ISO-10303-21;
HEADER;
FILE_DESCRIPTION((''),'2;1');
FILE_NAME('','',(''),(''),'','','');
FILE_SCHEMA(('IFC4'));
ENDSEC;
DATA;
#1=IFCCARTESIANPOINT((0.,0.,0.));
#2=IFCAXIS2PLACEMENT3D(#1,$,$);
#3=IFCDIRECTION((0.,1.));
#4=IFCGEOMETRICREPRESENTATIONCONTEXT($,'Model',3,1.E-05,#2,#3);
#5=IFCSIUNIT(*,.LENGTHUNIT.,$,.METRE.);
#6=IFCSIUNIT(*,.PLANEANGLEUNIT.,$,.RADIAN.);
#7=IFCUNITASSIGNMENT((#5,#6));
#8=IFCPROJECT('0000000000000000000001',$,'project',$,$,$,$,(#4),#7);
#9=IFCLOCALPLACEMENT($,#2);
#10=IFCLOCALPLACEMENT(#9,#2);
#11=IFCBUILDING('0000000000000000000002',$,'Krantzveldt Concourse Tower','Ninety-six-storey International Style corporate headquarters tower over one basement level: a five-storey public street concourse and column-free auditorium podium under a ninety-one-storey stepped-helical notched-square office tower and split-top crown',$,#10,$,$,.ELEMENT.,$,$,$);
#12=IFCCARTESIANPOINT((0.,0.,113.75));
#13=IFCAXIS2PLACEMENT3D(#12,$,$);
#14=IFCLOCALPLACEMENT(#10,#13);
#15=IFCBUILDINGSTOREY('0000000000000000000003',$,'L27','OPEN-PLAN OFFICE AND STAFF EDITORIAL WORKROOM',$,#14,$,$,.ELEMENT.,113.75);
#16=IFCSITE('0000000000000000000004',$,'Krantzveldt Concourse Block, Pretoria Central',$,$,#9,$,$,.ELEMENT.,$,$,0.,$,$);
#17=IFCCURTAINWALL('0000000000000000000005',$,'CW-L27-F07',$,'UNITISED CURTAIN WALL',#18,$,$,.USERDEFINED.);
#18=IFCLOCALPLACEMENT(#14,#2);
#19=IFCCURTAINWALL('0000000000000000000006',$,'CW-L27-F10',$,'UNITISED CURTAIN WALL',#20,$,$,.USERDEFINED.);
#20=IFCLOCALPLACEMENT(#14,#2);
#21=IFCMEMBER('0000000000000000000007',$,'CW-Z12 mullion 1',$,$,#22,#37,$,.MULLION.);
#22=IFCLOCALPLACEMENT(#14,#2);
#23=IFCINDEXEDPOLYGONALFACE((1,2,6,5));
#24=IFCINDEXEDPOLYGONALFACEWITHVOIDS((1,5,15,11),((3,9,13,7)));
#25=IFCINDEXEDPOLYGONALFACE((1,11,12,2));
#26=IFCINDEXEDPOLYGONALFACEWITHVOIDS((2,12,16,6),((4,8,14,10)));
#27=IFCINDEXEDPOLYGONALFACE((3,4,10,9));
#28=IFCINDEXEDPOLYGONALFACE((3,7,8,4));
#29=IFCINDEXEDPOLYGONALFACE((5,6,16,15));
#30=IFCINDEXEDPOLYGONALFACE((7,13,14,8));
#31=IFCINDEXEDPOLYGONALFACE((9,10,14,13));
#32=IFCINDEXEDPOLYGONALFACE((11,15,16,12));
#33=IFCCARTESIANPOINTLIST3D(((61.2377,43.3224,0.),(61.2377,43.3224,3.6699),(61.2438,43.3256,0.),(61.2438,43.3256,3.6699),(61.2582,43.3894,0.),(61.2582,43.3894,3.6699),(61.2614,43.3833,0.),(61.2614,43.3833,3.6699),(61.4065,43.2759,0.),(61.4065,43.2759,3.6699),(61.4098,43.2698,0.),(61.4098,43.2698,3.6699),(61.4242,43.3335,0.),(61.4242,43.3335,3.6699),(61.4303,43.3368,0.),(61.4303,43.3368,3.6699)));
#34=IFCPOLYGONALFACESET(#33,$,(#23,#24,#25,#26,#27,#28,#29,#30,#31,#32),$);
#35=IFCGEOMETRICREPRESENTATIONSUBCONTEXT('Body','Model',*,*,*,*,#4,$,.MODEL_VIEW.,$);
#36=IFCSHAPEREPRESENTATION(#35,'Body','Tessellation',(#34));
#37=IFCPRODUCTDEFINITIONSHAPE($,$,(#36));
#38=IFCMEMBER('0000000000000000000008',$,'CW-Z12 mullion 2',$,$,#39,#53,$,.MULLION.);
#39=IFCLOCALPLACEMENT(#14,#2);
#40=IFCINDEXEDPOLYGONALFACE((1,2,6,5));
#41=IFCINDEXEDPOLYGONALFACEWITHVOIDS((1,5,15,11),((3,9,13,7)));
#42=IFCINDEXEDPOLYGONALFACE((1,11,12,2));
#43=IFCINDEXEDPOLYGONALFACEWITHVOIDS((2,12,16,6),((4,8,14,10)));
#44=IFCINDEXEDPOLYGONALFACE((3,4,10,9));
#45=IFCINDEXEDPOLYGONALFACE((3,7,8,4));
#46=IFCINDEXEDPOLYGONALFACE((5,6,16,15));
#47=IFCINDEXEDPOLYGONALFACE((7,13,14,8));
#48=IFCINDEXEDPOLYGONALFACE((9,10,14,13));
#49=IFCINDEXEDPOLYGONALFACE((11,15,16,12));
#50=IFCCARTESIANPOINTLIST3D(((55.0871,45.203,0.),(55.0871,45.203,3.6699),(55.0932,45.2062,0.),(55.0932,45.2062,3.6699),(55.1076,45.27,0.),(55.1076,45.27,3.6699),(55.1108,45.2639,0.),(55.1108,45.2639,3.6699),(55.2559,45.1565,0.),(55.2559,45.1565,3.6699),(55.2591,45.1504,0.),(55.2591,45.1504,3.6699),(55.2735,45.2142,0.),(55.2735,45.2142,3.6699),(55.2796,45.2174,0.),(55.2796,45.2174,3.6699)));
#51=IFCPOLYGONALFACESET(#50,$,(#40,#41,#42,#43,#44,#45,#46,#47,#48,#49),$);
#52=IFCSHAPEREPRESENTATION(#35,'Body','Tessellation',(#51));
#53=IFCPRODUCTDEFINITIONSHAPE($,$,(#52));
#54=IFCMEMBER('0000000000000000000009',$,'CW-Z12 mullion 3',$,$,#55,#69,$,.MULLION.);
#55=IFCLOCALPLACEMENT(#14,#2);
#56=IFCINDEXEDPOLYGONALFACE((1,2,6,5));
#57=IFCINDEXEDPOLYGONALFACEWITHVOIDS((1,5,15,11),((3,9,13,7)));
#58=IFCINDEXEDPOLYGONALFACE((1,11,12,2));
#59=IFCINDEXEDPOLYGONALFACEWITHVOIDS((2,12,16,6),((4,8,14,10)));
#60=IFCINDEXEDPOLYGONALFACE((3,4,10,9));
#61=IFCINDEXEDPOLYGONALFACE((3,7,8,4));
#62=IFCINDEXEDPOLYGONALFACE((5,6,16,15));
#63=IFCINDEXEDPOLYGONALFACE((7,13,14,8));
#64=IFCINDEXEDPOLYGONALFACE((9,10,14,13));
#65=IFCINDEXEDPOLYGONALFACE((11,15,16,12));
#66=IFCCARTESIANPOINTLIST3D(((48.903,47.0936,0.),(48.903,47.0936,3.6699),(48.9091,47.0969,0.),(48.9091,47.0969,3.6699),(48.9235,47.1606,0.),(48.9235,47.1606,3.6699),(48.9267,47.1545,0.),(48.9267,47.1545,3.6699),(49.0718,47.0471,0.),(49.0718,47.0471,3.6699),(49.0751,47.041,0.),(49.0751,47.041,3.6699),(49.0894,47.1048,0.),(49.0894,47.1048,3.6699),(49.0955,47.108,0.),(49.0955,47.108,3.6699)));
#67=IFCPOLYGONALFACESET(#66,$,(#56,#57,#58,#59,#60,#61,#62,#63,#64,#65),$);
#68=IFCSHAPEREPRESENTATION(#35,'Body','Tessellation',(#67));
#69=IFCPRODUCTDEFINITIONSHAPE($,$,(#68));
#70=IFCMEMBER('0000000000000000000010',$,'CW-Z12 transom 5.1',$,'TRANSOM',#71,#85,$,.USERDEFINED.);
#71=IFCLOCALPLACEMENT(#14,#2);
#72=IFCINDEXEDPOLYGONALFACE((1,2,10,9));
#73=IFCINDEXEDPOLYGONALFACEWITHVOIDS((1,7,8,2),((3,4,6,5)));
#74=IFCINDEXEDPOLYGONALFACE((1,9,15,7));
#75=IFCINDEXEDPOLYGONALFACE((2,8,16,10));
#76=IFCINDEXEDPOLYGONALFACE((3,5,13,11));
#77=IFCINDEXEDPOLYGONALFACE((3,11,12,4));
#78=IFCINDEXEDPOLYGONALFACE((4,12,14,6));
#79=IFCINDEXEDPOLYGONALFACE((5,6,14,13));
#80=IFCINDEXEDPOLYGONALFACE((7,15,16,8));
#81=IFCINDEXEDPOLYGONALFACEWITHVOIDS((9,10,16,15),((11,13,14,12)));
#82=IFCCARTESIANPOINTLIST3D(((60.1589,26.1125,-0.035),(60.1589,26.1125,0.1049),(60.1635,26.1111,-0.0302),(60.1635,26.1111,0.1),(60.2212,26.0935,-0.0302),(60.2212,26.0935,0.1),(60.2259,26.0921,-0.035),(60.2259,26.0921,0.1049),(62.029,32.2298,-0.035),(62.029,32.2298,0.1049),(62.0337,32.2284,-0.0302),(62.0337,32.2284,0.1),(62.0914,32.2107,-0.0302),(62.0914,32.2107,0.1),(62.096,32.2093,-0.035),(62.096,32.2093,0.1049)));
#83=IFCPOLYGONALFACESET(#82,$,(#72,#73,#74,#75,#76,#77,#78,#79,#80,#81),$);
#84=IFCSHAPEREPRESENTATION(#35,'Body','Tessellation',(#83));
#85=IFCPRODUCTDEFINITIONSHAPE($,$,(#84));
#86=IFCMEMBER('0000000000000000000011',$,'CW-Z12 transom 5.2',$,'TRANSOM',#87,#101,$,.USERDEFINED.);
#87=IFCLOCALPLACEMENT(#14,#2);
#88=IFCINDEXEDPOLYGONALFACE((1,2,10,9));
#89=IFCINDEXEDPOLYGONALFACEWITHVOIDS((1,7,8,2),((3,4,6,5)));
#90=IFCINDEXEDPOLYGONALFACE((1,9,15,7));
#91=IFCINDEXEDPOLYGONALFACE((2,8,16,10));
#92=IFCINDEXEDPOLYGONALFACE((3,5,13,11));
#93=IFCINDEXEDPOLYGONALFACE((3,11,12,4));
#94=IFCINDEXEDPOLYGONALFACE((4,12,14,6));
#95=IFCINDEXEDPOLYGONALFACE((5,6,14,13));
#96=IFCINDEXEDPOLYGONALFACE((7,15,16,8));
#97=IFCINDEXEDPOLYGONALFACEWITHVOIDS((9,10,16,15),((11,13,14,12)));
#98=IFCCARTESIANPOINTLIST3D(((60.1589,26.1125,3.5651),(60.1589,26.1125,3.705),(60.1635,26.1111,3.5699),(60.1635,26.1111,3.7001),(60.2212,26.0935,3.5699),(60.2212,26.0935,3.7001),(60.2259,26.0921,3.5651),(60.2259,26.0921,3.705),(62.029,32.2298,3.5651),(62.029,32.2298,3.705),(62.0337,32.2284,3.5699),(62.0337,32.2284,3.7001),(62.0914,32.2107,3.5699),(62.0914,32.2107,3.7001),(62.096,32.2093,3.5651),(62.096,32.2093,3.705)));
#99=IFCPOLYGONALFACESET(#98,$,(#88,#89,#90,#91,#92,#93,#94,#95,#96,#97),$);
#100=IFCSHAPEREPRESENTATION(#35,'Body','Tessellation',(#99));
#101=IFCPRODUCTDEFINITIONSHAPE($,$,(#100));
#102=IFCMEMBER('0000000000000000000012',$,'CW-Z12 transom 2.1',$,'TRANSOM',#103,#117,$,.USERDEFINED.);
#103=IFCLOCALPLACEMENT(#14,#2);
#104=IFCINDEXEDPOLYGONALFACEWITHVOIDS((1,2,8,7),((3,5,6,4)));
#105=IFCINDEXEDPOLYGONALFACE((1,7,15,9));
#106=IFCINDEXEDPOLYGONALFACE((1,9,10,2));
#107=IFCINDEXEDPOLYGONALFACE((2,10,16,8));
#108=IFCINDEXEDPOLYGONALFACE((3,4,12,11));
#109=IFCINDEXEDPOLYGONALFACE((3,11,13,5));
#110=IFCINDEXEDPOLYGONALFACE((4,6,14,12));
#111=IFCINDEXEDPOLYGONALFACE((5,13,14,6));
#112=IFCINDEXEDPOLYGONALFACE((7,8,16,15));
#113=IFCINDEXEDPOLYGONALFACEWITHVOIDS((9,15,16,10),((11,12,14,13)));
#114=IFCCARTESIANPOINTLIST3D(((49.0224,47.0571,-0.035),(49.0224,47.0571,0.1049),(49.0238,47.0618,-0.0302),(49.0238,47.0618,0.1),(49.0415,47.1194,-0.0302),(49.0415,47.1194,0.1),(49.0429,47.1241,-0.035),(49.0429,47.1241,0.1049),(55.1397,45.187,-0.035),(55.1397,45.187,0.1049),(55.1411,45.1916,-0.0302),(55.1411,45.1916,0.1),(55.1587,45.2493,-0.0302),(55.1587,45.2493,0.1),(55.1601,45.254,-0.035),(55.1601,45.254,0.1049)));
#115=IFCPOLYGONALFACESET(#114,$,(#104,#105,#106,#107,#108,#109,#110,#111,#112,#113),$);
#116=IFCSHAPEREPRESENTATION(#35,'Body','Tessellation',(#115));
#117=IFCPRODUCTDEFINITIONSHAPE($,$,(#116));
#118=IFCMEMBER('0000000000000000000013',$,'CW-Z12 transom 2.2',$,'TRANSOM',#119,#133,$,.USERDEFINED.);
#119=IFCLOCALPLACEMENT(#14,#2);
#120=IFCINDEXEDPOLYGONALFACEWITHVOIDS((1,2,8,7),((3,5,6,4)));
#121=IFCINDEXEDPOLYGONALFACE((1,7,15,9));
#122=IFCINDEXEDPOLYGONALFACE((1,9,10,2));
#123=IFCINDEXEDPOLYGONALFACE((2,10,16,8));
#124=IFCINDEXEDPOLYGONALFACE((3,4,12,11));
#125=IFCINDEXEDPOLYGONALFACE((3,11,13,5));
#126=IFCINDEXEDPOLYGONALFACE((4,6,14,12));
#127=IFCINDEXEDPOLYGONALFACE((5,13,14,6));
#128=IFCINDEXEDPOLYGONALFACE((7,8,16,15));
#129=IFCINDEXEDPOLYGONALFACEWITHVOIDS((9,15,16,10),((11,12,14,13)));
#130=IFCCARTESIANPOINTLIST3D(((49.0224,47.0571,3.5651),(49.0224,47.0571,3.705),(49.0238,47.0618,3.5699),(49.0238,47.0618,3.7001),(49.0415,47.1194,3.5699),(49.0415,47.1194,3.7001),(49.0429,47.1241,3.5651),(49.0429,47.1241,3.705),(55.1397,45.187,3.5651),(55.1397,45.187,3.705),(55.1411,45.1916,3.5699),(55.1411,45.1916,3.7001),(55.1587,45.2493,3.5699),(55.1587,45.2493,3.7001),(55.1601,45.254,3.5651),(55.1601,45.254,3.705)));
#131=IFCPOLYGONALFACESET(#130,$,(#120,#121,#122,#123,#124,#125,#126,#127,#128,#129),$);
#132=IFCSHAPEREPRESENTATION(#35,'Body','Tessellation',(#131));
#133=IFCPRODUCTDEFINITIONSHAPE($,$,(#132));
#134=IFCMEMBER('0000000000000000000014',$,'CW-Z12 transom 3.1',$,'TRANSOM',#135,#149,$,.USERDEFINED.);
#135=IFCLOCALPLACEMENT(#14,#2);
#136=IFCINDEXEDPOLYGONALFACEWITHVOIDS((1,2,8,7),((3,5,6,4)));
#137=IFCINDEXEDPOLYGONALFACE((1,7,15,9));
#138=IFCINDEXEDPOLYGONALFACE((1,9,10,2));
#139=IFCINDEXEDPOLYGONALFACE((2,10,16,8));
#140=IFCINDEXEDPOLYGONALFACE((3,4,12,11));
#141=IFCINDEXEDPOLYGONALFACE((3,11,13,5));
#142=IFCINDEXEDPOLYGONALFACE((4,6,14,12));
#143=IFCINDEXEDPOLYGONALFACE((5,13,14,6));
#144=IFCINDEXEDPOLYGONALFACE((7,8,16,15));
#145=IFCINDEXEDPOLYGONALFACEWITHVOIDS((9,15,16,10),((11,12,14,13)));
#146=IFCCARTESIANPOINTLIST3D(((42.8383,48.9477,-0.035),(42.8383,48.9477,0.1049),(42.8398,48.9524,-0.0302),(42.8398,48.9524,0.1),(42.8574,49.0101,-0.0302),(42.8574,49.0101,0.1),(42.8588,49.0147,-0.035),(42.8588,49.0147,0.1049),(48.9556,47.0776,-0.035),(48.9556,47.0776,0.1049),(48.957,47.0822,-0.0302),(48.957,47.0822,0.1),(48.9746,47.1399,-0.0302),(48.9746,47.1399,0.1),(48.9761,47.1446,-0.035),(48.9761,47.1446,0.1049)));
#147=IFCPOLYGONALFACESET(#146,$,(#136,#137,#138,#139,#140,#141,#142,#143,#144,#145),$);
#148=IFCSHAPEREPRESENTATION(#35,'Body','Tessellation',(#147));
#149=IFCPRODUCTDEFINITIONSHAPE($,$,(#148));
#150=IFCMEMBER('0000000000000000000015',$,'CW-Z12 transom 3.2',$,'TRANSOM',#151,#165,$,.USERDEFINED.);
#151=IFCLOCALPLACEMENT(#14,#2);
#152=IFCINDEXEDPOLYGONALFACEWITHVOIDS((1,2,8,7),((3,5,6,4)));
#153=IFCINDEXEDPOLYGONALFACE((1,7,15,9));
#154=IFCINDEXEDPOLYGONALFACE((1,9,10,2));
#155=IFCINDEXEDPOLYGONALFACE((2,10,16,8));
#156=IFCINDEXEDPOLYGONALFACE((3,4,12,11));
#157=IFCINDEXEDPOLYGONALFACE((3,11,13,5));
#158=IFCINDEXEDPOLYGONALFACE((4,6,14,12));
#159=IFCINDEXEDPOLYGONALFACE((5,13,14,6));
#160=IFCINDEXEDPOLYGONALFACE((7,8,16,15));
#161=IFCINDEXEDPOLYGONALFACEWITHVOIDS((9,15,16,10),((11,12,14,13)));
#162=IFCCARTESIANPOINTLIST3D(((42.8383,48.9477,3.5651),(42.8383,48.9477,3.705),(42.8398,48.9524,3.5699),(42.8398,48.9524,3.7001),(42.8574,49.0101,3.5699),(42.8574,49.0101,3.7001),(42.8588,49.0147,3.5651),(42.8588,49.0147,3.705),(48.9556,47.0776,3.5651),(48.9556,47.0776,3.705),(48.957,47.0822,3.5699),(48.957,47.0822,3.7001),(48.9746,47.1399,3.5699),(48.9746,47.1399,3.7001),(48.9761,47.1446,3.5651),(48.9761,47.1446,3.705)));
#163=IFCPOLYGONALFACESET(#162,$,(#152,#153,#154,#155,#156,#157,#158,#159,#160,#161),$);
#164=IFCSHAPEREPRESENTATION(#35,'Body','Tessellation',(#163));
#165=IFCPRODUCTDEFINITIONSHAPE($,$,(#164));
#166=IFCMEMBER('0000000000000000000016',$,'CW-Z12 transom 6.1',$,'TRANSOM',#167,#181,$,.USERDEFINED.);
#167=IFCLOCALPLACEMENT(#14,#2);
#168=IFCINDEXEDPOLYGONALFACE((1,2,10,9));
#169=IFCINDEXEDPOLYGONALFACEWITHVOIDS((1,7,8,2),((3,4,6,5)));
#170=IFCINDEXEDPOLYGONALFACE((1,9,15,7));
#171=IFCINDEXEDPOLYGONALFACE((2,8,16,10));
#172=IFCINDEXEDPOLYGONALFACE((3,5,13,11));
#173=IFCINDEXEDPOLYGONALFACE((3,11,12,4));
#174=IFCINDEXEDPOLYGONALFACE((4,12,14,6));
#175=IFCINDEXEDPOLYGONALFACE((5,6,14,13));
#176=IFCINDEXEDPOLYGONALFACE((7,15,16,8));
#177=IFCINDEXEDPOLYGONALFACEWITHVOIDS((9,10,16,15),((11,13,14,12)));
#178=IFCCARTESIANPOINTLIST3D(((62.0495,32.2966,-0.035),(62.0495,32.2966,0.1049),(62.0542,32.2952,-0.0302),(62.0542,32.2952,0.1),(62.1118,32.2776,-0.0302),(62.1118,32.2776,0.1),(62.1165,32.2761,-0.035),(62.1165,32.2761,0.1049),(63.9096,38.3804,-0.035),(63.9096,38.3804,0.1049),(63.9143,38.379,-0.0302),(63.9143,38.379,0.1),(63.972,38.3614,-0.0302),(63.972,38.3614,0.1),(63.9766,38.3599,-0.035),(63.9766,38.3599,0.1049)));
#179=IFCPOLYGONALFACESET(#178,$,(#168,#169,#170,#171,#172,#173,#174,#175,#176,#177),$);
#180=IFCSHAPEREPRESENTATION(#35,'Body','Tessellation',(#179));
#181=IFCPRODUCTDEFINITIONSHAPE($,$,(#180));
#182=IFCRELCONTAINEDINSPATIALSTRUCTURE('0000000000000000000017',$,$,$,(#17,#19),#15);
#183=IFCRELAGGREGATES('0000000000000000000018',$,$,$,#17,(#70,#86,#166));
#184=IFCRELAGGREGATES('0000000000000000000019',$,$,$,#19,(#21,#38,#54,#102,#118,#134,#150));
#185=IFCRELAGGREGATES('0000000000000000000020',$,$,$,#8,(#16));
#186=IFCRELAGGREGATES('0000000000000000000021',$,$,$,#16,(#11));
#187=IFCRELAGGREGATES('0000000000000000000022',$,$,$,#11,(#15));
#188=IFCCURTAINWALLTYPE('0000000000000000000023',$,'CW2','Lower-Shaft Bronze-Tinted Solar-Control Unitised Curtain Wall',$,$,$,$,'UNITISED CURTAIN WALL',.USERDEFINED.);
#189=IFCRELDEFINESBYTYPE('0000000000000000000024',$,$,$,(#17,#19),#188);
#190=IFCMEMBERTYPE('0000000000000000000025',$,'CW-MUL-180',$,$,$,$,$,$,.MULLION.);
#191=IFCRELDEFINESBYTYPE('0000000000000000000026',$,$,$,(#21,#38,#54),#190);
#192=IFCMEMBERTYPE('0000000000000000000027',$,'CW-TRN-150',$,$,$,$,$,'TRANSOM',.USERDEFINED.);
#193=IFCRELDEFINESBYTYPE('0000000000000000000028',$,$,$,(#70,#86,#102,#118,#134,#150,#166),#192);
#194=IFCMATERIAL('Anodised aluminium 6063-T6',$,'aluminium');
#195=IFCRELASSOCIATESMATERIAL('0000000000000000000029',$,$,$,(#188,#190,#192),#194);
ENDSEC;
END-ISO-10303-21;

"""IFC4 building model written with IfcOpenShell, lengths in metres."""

from ifc_helpers import new_model, si_unit, direction, frame, origin, origin_2d, place, context, subcontext, project, spatial, hollow_rectangle, extrude, source, transform, mapped, material, material_profile, profile_set, type_object, type_shapes, element, aggregate, save


model = new_model("IFC4")

# Units and contexts
model_context = context("Model", 3, precision=1e-05, world=origin(), true_north=direction((0.0, 1.0)))
body_context = subcontext(model_context, "Body", "Model", "MODEL_VIEW")
ifc_project = project(units=[si_unit("LENGTHUNIT", "METRE"), si_unit("PLANEANGLEUNIT", "RADIAN")], contexts=[model_context])

# Site, building, storey
site_placement = place(None, origin())
site = spatial("IfcSite", under=ifc_project, at=site_placement, Name="Krantzveldt Concourse Block, Pretoria Central", CompositionType="ELEMENT", RefElevation=0.0)
building_placement = place(site_placement, origin())
building = spatial("IfcBuilding", under=site, at=building_placement, Name="Krantzveldt Concourse Tower", Description="Ninety-six-storey International Style corporate headquarters tower over one basement level: a five-storey public street concourse and column-free auditorium podium under a ninety-one-storey stepped-helical notched-square office tower and split-top crown", CompositionType="ELEMENT")
storey_placement = place(building_placement, frame((0.0, 0.0, 113.75)))
storey = spatial("IfcBuildingStorey", under=building, at=storey_placement, Name="L27", Description="OPEN-PLAN OFFICE AND STAFF EDITORIAL WORKROOM", CompositionType="ELEMENT", Elevation=113.75)

# Curtain walls, members
ifc_material_1 = material(Name="Anodised aluminium 6063-T6", Category="aluminium")
curtain_wall_type = type_object("IfcCurtainWallType", Name="CW2", Description="Lower-Shaft Bronze-Tinted Solar-Control Unitised Curtain Wall", ElementType="UNITISED CURTAIN WALL", PredefinedType="USERDEFINED", material=ifc_material_1)
curtain_wall_1_placement = place(storey_placement, origin())
curtain_wall_1 = element("IfcCurtainWall", 1, at=curtain_wall_1_placement, inside=storey, type_object=curtain_wall_type, Name="CW-L27-F07", ObjectType="UNITISED CURTAIN WALL", PredefinedType="USERDEFINED")
ifc_material_profile_1 = material_profile(ifc_material_1, hollow_rectangle(XDim=0.0701, YDim=0.1799, WallThickness=0.0049, at=origin_2d()), Name="Anodised aluminium 6063-T6", Category="aluminium")
ifc_profile_set_1 = profile_set([ifc_material_profile_1], Name="Anodised aluminium 6063-T6 - ALU-MULL 180x70x5")
member_type_1 = type_object("IfcMemberType", Name="CW-MUL-180", PredefinedType="MULLION", material=ifc_profile_set_1)
shared_shape_1 = source(origin(), body_context, "Body", "SweptSolid", [
    extrude(hollow_rectangle(XDim=0.0701, YDim=0.1799, WallThickness=0.0049, at=origin_2d()), origin(), (0.0, 0.0, 1.0), 3.6699),
])
type_shapes(member_type_1, [shared_shape_1])
curtain_wall_2_placement = place(storey_placement, origin())
curtain_wall_2 = element("IfcCurtainWall", 2, at=curtain_wall_2_placement, inside=storey, type_object=curtain_wall_type, Name="CW-L27-F10", ObjectType="UNITISED CURTAIN WALL", PredefinedType="USERDEFINED")
member_1_placement = place(storey_placement, frame((61.334, 43.3296, 0.0), z_axis=(0.0, 0.0, 1.0), x_axis=(-0.292372, -0.956305, 0.0)))
member_1 = element("IfcMember", 3, at=member_1_placement, type_object=member_type_1, Name="CW-Z12 mullion 1", PredefinedType="MULLION", context=body_context, shape_type="MappedRepresentation", body=[
    mapped(shared_shape_1, transform((0.0, 0.0, 0.0), x_axis=(1.0, 0.0, 0.0), y_axis=(0.0, 1.0, 0.0), z_axis=(0.0, 0.0, 1.0), scale=1.0)),
])
member_2_placement = place(storey_placement, frame((55.1833, 45.2102, 0.0), z_axis=(0.0, 0.0, 1.0), x_axis=(-0.292372, -0.956305, 0.0)))
member_2 = element("IfcMember", 4, at=member_2_placement, type_object=member_type_1, Name="CW-Z12 mullion 2", PredefinedType="MULLION", context=body_context, shape_type="MappedRepresentation", body=[
    mapped(shared_shape_1, transform((0.0, 0.0, 0.0), x_axis=(1.0, 0.0, 0.0), y_axis=(0.0, 1.0, 0.0), z_axis=(0.0, 0.0, 1.0), scale=1.0)),
])
member_3_placement = place(storey_placement, frame((48.9993, 47.1008, 0.0), z_axis=(0.0, 0.0, 1.0), x_axis=(-0.292372, -0.956305, 0.0)))
member_3 = element("IfcMember", 5, at=member_3_placement, type_object=member_type_1, Name="CW-Z12 mullion 3", PredefinedType="MULLION", context=body_context, shape_type="MappedRepresentation", body=[
    mapped(shared_shape_1, transform((0.0, 0.0, 0.0), x_axis=(1.0, 0.0, 0.0), y_axis=(0.0, 1.0, 0.0), z_axis=(0.0, 0.0, 1.0), scale=1.0)),
])

# Members
ifc_material_profile_2 = material_profile(ifc_material_1, hollow_rectangle(XDim=0.0701, YDim=0.1399, WallThickness=0.0049, at=origin_2d()), Name="Anodised aluminium 6063-T6", Category="aluminium")
ifc_profile_set_2 = profile_set([ifc_material_profile_2], Name="Anodised aluminium 6063-T6 - ALU-TRAN 140x70x5")
member_type_2 = type_object("IfcMemberType", Name="CW-TRN-150", ElementType="TRANSOM", PredefinedType="USERDEFINED", material=ifc_profile_set_2)
shared_shape_2 = source(origin(), body_context, "Body", "SweptSolid", [
    extrude(hollow_rectangle(XDim=0.0701, YDim=0.1399, WallThickness=0.0049, at=origin_2d()), origin(), (0.0, 0.0, 1.0), 6.3967),
])
member_4_placement = place(storey_placement, frame((60.1924, 26.1023, 0.0349), z_axis=(0.292358, 0.956309, 0.0), x_axis=(-0.956309, 0.292358, 0.0)))
member_4 = element("IfcMember", 6, at=member_4_placement, type_object=member_type_2, Name="CW-Z12 transom 5.1", ObjectType="TRANSOM", PredefinedType="USERDEFINED", context=body_context, shape_type="MappedRepresentation", body=[
    mapped(shared_shape_2, transform((0.0, 0.0, 0.0), x_axis=(1.0, 0.0, 0.0), y_axis=(0.0, 1.0, 0.0), z_axis=(0.0, 0.0, 1.0), scale=1.0)),
])
member_5_placement = place(storey_placement, frame((60.1924, 26.1023, 3.635), z_axis=(0.292358, 0.956309, 0.0), x_axis=(-0.956309, 0.292358, 0.0)))
member_5 = element("IfcMember", 7, at=member_5_placement, type_object=member_type_2, Name="CW-Z12 transom 5.2", ObjectType="TRANSOM", PredefinedType="USERDEFINED", context=body_context, shape_type="MappedRepresentation", body=[
    mapped(shared_shape_2, transform((0.0, 0.0, 0.0), x_axis=(1.0, 0.0, 0.0), y_axis=(0.0, 1.0, 0.0), z_axis=(0.0, 0.0, 1.0), scale=1.0)),
])
member_6_placement = place(storey_placement, frame((55.1499, 45.2205, 0.0349), z_axis=(-0.956309, 0.292358, 0.0), x_axis=(-0.292358, -0.956309, 0.0)))
member_6 = element("IfcMember", 8, at=member_6_placement, type_object=member_type_2, Name="CW-Z12 transom 2.1", ObjectType="TRANSOM", PredefinedType="USERDEFINED", context=body_context, shape_type="MappedRepresentation", body=[
    mapped(shared_shape_2, transform((0.0, 0.0, 0.0), x_axis=(1.0, 0.0, 0.0), y_axis=(0.0, 1.0, 0.0), z_axis=(0.0, 0.0, 1.0), scale=1.0)),
])
member_7_placement = place(storey_placement, frame((55.1499, 45.2205, 3.635), z_axis=(-0.956309, 0.292358, 0.0), x_axis=(-0.292358, -0.956309, 0.0)))
member_7 = element("IfcMember", 9, at=member_7_placement, type_object=member_type_2, Name="CW-Z12 transom 2.2", ObjectType="TRANSOM", PredefinedType="USERDEFINED", context=body_context, shape_type="MappedRepresentation", body=[
    mapped(shared_shape_2, transform((0.0, 0.0, 0.0), x_axis=(1.0, 0.0, 0.0), y_axis=(0.0, 1.0, 0.0), z_axis=(0.0, 0.0, 1.0), scale=1.0)),
])
member_8_placement = place(storey_placement, frame((48.9658, 47.1111, 0.0349), z_axis=(-0.956309, 0.292358, 0.0), x_axis=(-0.292358, -0.956309, 0.0)))
member_8 = element("IfcMember", 10, at=member_8_placement, type_object=member_type_2, Name="CW-Z12 transom 3.1", ObjectType="TRANSOM", PredefinedType="USERDEFINED", context=body_context, shape_type="MappedRepresentation", body=[
    mapped(shared_shape_2, transform((0.0, 0.0, 0.0), x_axis=(1.0, 0.0, 0.0), y_axis=(0.0, 1.0, 0.0), z_axis=(0.0, 0.0, 1.0), scale=1.0)),
])
member_9_placement = place(storey_placement, frame((48.9658, 47.1111, 3.635), z_axis=(-0.956309, 0.292358, 0.0), x_axis=(-0.292358, -0.956309, 0.0)))
member_9 = element("IfcMember", 11, at=member_9_placement, type_object=member_type_2, Name="CW-Z12 transom 3.2", ObjectType="TRANSOM", PredefinedType="USERDEFINED", context=body_context, shape_type="MappedRepresentation", body=[
    mapped(shared_shape_2, transform((0.0, 0.0, 0.0), x_axis=(1.0, 0.0, 0.0), y_axis=(0.0, 1.0, 0.0), z_axis=(0.0, 0.0, 1.0), scale=1.0)),
])
shared_shape_3 = source(origin(), body_context, "Body", "SweptSolid", [
    extrude(hollow_rectangle(XDim=0.0701, YDim=0.1399, WallThickness=0.0049, at=origin_2d()), origin(), (0.0, 0.0, 1.0), 6.3618),
])
type_shapes(member_type_2, [shared_shape_2, shared_shape_3])
member_10_placement = place(storey_placement, frame((62.083, 32.2864, 0.0349), z_axis=(0.292389, 0.956299, 0.0), x_axis=(-0.956299, 0.292389, 0.0)))
member_10 = element("IfcMember", 12, at=member_10_placement, type_object=member_type_2, Name="CW-Z12 transom 6.1", ObjectType="TRANSOM", PredefinedType="USERDEFINED", context=body_context, shape_type="MappedRepresentation", body=[
    mapped(shared_shape_3, transform((0.0, 0.0, 0.0), x_axis=(1.0, 0.0, 0.0), y_axis=(0.0, 1.0, 0.0), z_axis=(0.0, 0.0, 1.0), scale=1.0)),
])

aggregate(curtain_wall_1, [member_4, member_5, member_10])
aggregate(curtain_wall_2, [member_1, member_2, member_3, member_6, member_7, member_8, member_9])

save(model, "model.ifc")
